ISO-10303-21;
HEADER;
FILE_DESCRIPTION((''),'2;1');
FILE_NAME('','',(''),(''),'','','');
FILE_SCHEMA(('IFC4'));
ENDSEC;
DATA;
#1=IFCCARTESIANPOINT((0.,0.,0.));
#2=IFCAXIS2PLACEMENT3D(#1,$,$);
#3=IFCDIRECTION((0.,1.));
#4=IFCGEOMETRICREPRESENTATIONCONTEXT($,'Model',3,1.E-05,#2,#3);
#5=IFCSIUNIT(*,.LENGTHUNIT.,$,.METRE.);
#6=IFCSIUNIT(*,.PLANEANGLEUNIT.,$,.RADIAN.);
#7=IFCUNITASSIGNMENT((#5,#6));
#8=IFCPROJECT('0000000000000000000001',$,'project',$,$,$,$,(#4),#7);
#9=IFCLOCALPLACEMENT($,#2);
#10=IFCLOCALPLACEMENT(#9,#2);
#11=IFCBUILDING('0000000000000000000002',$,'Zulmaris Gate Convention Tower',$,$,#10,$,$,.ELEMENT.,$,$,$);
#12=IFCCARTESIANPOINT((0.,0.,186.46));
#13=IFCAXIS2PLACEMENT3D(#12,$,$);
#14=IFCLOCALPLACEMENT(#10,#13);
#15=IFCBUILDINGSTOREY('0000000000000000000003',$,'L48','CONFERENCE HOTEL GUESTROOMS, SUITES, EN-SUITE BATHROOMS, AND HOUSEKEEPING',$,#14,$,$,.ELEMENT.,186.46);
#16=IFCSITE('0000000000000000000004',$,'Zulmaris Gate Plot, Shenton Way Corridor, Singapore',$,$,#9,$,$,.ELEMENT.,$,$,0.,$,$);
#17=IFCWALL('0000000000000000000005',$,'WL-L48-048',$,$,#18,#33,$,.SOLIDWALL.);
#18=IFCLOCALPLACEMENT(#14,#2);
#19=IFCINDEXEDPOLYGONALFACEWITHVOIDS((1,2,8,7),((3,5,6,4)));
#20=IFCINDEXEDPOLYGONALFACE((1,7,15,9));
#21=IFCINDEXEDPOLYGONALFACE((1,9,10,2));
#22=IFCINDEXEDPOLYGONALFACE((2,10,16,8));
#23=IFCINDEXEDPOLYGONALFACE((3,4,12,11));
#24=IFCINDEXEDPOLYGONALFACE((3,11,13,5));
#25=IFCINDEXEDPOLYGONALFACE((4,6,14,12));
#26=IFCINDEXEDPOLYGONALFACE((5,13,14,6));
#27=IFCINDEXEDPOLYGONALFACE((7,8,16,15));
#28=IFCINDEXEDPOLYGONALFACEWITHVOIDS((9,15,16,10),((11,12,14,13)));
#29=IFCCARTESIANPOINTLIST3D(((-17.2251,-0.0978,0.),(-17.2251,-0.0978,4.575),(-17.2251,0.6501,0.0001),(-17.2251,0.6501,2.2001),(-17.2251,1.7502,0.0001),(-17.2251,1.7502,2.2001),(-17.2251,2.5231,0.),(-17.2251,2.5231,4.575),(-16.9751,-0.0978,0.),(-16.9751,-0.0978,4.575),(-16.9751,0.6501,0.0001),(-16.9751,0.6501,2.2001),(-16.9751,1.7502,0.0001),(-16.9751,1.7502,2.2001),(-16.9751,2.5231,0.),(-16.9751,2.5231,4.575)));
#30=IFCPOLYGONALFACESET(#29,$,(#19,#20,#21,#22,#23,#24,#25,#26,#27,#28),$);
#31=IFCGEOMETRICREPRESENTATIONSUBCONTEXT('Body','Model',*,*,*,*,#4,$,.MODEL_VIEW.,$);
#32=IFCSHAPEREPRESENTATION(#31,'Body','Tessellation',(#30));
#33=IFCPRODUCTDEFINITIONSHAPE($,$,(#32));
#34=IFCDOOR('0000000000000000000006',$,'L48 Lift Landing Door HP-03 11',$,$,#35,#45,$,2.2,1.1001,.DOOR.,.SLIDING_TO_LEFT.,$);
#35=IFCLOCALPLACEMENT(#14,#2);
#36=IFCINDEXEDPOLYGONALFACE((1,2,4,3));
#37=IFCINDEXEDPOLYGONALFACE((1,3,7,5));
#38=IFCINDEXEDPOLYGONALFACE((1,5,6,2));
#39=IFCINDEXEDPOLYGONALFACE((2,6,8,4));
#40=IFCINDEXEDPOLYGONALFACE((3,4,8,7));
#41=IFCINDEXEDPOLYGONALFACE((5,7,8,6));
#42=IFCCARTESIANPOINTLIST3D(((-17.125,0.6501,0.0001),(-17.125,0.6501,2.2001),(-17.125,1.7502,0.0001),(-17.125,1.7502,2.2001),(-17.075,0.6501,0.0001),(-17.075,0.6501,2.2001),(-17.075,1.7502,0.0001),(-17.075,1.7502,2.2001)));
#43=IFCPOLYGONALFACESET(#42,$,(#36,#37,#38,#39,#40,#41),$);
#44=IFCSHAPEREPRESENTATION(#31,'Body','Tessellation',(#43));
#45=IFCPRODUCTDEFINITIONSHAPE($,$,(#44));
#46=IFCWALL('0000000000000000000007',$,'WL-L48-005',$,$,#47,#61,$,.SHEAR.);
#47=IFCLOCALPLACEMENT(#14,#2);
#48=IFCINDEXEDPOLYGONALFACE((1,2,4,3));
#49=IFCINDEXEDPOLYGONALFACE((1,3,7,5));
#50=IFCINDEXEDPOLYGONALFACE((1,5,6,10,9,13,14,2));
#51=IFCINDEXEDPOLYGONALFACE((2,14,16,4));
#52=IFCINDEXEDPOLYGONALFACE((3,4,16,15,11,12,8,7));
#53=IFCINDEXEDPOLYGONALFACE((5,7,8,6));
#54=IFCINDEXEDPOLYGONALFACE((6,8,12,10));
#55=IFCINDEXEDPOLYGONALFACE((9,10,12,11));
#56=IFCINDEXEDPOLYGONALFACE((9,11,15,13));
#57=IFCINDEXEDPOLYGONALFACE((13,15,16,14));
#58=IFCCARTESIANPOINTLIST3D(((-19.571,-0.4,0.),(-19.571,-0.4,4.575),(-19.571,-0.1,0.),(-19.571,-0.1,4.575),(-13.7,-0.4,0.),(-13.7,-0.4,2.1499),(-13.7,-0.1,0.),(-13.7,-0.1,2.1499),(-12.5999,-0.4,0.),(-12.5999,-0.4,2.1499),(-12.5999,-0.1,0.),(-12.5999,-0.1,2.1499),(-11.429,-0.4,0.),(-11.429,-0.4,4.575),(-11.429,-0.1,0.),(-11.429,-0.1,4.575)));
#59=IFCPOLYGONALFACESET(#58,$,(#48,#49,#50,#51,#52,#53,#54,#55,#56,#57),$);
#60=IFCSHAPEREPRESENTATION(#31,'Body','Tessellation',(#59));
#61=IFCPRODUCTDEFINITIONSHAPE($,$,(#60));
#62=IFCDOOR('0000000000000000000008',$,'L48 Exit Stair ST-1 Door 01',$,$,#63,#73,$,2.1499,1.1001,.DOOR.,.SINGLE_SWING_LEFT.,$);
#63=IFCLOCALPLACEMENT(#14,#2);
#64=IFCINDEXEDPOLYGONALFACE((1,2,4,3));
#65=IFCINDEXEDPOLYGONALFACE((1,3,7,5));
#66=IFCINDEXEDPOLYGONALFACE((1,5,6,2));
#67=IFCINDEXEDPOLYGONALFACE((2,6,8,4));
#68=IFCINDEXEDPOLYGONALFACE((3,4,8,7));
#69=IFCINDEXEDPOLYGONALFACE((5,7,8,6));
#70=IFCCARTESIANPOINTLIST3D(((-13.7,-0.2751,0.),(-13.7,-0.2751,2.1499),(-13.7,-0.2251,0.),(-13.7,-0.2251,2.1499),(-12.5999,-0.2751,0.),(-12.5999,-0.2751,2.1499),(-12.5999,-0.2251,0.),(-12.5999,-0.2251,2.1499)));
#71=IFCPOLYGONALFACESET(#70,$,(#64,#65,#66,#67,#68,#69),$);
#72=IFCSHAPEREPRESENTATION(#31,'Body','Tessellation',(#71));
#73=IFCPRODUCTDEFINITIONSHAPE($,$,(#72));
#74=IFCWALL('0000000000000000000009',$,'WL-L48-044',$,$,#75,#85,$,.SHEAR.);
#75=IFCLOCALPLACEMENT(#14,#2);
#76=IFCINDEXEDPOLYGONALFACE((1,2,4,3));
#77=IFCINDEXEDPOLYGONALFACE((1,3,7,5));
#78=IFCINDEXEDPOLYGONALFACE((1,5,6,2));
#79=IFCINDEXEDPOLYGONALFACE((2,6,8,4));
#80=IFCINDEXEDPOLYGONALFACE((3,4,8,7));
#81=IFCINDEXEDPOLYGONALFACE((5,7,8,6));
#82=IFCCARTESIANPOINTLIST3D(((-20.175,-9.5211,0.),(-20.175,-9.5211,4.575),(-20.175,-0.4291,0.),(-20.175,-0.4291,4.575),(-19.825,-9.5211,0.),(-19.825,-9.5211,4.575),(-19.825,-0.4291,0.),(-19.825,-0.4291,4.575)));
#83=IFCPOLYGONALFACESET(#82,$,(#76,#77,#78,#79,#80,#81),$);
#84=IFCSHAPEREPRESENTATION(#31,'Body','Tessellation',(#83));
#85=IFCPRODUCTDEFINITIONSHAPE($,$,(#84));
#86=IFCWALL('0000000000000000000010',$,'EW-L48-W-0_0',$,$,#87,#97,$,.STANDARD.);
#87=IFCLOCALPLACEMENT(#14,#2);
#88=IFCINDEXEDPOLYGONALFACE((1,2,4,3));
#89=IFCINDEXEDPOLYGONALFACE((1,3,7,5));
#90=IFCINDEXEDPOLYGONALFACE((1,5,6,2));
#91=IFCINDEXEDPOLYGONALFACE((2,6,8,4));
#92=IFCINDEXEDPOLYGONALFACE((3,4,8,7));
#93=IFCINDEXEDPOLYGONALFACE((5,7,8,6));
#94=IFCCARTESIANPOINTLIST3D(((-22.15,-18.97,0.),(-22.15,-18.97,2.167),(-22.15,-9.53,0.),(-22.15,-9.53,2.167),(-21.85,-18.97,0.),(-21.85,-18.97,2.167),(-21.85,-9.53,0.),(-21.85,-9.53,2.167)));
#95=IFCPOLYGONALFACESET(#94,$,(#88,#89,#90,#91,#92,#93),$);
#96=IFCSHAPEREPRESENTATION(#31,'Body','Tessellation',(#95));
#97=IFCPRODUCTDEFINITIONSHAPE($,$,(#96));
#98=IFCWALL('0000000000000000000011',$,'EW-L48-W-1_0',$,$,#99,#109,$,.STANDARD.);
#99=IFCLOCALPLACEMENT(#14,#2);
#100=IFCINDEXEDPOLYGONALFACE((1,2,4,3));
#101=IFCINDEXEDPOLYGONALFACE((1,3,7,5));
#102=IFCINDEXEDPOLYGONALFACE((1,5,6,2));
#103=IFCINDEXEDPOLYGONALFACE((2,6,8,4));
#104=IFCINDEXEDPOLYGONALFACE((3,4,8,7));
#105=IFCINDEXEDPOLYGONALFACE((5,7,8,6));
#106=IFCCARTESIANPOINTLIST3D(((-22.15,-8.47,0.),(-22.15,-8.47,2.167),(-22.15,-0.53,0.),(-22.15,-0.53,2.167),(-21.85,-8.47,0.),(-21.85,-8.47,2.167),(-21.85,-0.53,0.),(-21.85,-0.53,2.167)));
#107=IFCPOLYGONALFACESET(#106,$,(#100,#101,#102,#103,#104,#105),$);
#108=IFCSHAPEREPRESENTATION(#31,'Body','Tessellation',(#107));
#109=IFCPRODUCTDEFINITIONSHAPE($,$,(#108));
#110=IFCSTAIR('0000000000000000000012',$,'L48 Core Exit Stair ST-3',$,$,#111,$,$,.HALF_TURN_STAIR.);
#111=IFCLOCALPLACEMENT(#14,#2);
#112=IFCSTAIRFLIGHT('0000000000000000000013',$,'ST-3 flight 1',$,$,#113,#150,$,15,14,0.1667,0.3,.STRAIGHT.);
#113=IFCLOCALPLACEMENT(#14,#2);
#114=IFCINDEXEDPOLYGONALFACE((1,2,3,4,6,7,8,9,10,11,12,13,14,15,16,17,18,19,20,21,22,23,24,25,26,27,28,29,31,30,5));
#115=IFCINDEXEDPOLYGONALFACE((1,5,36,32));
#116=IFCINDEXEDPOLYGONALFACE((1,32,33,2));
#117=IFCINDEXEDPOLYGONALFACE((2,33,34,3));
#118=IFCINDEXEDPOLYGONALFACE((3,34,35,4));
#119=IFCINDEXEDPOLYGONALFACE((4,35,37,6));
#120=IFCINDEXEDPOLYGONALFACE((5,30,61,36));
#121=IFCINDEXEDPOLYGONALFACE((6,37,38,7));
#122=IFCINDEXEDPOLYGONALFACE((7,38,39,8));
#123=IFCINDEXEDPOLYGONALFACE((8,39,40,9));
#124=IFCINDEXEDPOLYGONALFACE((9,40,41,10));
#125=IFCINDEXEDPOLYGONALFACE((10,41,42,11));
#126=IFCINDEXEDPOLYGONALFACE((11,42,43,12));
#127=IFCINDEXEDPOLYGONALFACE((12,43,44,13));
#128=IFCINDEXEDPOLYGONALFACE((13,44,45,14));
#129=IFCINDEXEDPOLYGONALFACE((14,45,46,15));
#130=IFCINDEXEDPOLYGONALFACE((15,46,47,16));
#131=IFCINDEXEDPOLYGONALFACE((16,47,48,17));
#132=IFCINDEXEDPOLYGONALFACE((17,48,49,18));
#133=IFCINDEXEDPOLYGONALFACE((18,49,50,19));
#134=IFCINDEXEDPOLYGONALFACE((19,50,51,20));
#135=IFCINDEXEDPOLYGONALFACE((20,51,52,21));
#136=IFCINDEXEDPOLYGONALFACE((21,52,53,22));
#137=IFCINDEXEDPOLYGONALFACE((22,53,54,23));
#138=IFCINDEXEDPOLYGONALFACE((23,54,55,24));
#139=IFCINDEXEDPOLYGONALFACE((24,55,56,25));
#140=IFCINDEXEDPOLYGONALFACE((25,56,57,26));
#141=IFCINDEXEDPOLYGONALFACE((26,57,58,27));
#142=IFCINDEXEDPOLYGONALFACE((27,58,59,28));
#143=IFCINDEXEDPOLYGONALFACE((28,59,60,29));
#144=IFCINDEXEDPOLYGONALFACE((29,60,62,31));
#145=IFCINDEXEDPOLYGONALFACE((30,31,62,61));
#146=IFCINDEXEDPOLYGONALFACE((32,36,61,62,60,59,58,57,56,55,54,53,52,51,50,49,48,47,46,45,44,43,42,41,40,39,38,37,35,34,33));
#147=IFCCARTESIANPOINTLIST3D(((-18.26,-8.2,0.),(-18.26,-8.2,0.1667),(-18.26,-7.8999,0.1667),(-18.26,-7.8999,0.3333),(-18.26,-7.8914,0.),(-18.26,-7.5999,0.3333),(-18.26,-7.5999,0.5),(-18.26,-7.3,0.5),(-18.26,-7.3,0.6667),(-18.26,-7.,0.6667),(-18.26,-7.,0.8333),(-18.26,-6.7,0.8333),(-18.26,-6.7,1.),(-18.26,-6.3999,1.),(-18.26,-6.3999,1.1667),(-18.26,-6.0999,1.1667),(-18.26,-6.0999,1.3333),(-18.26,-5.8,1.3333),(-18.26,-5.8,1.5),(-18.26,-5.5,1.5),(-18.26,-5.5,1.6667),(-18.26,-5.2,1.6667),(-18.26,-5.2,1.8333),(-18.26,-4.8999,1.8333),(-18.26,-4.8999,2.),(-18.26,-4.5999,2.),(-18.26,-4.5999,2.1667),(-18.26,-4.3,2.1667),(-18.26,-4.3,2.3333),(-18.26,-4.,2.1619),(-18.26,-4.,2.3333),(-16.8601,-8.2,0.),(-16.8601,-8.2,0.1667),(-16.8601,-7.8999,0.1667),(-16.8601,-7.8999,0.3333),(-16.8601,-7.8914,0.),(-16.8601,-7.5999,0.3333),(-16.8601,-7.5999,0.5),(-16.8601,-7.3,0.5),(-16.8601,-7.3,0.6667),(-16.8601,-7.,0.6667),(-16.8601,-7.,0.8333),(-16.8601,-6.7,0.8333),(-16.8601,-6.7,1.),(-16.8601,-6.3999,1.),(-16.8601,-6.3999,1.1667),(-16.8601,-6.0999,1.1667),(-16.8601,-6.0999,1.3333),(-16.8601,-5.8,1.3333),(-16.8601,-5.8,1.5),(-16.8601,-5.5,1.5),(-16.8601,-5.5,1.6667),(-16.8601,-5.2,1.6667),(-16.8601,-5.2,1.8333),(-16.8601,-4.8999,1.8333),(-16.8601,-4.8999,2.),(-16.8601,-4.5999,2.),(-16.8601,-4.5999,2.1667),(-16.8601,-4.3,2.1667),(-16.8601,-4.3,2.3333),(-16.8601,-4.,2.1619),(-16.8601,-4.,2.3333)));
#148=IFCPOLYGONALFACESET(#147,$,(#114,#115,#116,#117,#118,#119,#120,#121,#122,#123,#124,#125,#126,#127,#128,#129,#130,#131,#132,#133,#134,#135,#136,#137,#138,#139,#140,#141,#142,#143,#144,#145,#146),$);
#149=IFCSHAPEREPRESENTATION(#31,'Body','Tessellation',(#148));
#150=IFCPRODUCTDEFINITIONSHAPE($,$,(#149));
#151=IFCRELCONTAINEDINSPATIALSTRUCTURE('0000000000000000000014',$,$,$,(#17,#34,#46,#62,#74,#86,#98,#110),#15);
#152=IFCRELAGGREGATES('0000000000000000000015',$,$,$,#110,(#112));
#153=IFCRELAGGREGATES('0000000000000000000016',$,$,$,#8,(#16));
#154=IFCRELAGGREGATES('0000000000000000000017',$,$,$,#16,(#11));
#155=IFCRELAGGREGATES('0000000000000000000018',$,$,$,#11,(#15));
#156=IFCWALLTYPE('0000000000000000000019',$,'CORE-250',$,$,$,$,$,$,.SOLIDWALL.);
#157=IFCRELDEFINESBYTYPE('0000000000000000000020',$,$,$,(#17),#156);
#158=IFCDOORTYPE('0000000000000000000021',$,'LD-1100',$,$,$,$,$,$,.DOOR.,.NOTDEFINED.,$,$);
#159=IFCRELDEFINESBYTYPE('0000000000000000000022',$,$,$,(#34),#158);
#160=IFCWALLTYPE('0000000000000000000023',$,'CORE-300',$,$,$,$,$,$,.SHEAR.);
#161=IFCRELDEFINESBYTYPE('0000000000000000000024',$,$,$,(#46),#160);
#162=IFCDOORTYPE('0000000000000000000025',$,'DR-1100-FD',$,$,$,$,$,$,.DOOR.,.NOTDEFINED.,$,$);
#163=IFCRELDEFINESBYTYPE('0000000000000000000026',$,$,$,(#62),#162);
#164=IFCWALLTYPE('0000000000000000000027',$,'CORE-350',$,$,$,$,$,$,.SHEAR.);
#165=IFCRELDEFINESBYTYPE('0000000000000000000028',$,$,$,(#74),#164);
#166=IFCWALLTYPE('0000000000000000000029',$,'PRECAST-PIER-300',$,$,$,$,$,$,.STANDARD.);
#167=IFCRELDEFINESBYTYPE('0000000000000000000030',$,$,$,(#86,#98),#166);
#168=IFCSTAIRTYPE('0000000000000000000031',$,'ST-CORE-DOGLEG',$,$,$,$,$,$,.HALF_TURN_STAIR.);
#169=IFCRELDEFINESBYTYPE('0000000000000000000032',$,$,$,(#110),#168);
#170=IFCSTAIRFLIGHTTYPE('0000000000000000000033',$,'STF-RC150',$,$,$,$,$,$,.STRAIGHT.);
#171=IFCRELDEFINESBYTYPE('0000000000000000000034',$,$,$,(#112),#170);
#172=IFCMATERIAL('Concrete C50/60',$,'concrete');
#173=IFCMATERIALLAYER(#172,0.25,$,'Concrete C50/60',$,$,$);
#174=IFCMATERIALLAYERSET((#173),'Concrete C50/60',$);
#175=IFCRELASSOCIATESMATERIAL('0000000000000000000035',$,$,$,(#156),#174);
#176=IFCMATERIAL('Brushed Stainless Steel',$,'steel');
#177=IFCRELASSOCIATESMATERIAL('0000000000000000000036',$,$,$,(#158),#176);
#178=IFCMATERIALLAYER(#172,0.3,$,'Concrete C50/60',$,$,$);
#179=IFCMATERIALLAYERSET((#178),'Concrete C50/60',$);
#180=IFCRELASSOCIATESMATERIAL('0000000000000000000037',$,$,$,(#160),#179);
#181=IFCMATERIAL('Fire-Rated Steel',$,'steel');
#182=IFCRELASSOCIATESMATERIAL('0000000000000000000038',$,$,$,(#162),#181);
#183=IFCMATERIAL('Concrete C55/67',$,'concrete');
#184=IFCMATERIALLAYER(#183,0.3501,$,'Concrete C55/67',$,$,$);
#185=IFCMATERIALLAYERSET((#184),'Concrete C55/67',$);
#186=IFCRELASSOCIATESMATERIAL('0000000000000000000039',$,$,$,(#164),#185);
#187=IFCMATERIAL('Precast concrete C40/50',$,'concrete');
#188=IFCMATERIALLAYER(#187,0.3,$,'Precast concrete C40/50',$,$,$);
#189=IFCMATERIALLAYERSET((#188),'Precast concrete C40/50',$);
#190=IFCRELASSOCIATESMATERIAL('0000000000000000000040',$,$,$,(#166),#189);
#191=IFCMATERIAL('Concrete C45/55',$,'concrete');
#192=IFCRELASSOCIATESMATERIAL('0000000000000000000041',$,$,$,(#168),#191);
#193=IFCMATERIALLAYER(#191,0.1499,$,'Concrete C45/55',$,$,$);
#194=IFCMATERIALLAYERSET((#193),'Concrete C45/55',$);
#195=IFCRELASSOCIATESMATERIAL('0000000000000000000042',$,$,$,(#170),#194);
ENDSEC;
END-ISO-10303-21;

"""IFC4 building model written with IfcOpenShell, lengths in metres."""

from ifc_helpers import new_model, si_unit, direction, frame, frame_2d, origin, place, context, subcontext, project, spatial, polyline, rectangle, outline, extrude, material, layer, layer_set, type_object, element, fill, aggregate, save


model = new_model("IFC4")

# Units and contexts
model_context = context("Model", 3, precision=1e-05, world=origin(), true_north=direction((0.0, 1.0)))
body_context = subcontext(model_context, "Body", "Model", "MODEL_VIEW")
ifc_project = project(units=[si_unit("LENGTHUNIT", "METRE"), si_unit("PLANEANGLEUNIT", "RADIAN")], contexts=[model_context])

# Site, building, storey
site_placement = place(None, origin())
site = spatial("IfcSite", under=ifc_project, at=site_placement, Name="Zulmaris Gate Plot, Shenton Way Corridor, Singapore", CompositionType="ELEMENT", RefElevation=0.0)
building_placement = place(site_placement, origin())
building = spatial("IfcBuilding", under=site, at=building_placement, Name="Zulmaris Gate Convention Tower", CompositionType="ELEMENT")
storey_placement = place(building_placement, frame((0.0, 0.0, 186.46)))
storey = spatial("IfcBuildingStorey", under=building, at=storey_placement, Name="L48", Description="CONFERENCE HOTEL GUESTROOMS, SUITES, EN-SUITE BATHROOMS, AND HOUSEKEEPING", CompositionType="ELEMENT", Elevation=186.46)

# Shared definitions
ifc_material_1 = material(Name="Concrete C50/60", Category="concrete")

# Walls, openings, doors
ifc_layer_1 = layer(ifc_material_1, 0.25, Name="Concrete C50/60")
ifc_layer_set_1 = layer_set([ifc_layer_1], Name="Concrete C50/60")
wall_type_1 = type_object("IfcWallType", Name="CORE-250", PredefinedType="SOLIDWALL", material=ifc_layer_set_1)
wall_1_placement = place(storey_placement, frame((-17.1001, -0.0979, 0.0), z_axis=(0.0, 0.0, 1.0), x_axis=(0.0, 1.0, 0.0)))
wall_1 = element("IfcWall", 1, at=wall_1_placement, inside=storey, type_object=wall_type_1, Name="WL-L48-048", PredefinedType="SOLIDWALL", context=body_context, shape_type="SweptSolid", body=[
    extrude(rectangle(XDim=2.6208, YDim=0.25, at=frame_2d((1.3105, 0.0))), origin(), (0.0, 0.0, 1.0), 4.575),
])
opening_1_placement = place(wall_1_placement, frame((0.748, 0.0, 0.0)))
opening_1 = element("IfcOpeningElement", 2, at=opening_1_placement, cuts=wall_1, PredefinedType="OPENING", context=body_context, shape_type="SweptSolid", body=[
    extrude(rectangle(XDim=1.1001, YDim=2.2, at=frame_2d((0.55, 1.1001))), frame((0.0, 0.135, 0.0), z_axis=(0.0, -1.0, 0.0), x_axis=(1.0, 0.0, 0.0)), (0.0, 0.0, 1.0), 0.27),
])
ifc_material_2 = material(Name="Brushed Stainless Steel", Category="steel")
door_type_1 = type_object("IfcDoorType", Name="LD-1100", OperationType="NOTDEFINED", PredefinedType="DOOR", material=ifc_material_2)
door_1_placement = place(opening_1_placement, origin())
door_1 = element("IfcDoor", 3, at=door_1_placement, inside=storey, type_object=door_type_1, Name="L48 Lift Landing Door HP-03 11", OperationType="SLIDING_TO_LEFT", OverallHeight=2.2, OverallWidth=1.1001, PredefinedType="DOOR", context=body_context, shape_type="SweptSolid", body=[
    extrude(rectangle(XDim=1.1001, YDim=2.2, at=frame_2d((0.55, 1.1001))), frame((0.0, 0.0249, 0.0), z_axis=(0.0, -1.0, 0.0), x_axis=(1.0, 0.0, 0.0)), (0.0, 0.0, 1.0), 0.05),
])
fill(opening_1, door_1)
ifc_layer_2 = layer(ifc_material_1, 0.3, Name="Concrete C50/60")
ifc_layer_set_2 = layer_set([ifc_layer_2], Name="Concrete C50/60")
wall_type_2 = type_object("IfcWallType", Name="CORE-300", PredefinedType="SHEAR", material=ifc_layer_set_2)
wall_2_placement = place(storey_placement, frame((-19.571, -0.25, 0.0), z_axis=(0.0, 0.0, 1.0), x_axis=(1.0, 0.0, 0.0)))
wall_2 = element("IfcWall", 4, at=wall_2_placement, inside=storey, type_object=wall_type_2, Name="WL-L48-005", PredefinedType="SHEAR", context=body_context, shape_type="SweptSolid", body=[
    extrude(rectangle(XDim=8.1421, YDim=0.3, at=frame_2d((4.071, 0.0))), origin(), (0.0, 0.0, 1.0), 4.575),
])
opening_2_placement = place(wall_2_placement, frame((5.8711, 0.0, 0.0)))
opening_2 = element("IfcOpeningElement", 5, at=opening_2_placement, cuts=wall_2, PredefinedType="OPENING", context=body_context, shape_type="SweptSolid", body=[
    extrude(rectangle(XDim=1.1001, YDim=2.1499, at=frame_2d((0.55, 1.075))), frame((0.0, 0.1602, 0.0), z_axis=(0.0, -1.0, 0.0), x_axis=(1.0, 0.0, 0.0)), (0.0, 0.0, 1.0), 0.3201),
])
ifc_material_3 = material(Name="Fire-Rated Steel", Category="steel")
door_type_2 = type_object("IfcDoorType", Name="DR-1100-FD", OperationType="NOTDEFINED", PredefinedType="DOOR", material=ifc_material_3)
door_2_placement = place(opening_2_placement, origin())
door_2 = element("IfcDoor", 6, at=door_2_placement, inside=storey, type_object=door_type_2, Name="L48 Exit Stair ST-1 Door 01", OperationType="SINGLE_SWING_LEFT", OverallHeight=2.1499, OverallWidth=1.1001, PredefinedType="DOOR", context=body_context, shape_type="SweptSolid", body=[
    extrude(rectangle(XDim=1.1001, YDim=2.1499, at=frame_2d((0.55, 1.075))), frame((0.0, 0.0249, 0.0), z_axis=(0.0, -1.0, 0.0), x_axis=(1.0, 0.0, 0.0)), (0.0, 0.0, 1.0), 0.05),
])
fill(opening_2, door_2)

# Walls
ifc_material_4 = material(Name="Concrete C55/67", Category="concrete")
ifc_layer_3 = layer(ifc_material_4, 0.3501, Name="Concrete C55/67")
ifc_layer_set_3 = layer_set([ifc_layer_3], Name="Concrete C55/67")
wall_type_3 = type_object("IfcWallType", Name="CORE-350", PredefinedType="SHEAR", material=ifc_layer_set_3)
wall_3_placement = place(storey_placement, frame((-20.0, -9.521, 0.0), z_axis=(0.0, 0.0, 1.0), x_axis=(0.0, 1.0, 0.0)))
element("IfcWall", 7, at=wall_3_placement, inside=storey, type_object=wall_type_3, Name="WL-L48-044", PredefinedType="SHEAR", context=body_context, shape_type="SweptSolid", body=[
    extrude(rectangle(XDim=9.092, YDim=0.3501, at=frame_2d((4.5459, 0.0))), origin(), (0.0, 0.0, 1.0), 4.575),
])
ifc_material_5 = material(Name="Precast concrete C40/50", Category="concrete")
ifc_layer_4 = layer(ifc_material_5, 0.3, Name="Precast concrete C40/50")
ifc_layer_set_4 = layer_set([ifc_layer_4], Name="Precast concrete C40/50")
wall_type_4 = type_object("IfcWallType", Name="PRECAST-PIER-300", PredefinedType="STANDARD", material=ifc_layer_set_4)
wall_4_placement = place(storey_placement, frame((-22.0, -9.53, 0.0), z_axis=(0.0, 0.0, 1.0), x_axis=(0.0, -1.0, 0.0)))
element("IfcWall", 8, at=wall_4_placement, inside=storey, type_object=wall_type_4, Name="EW-L48-W-0_0", PredefinedType="STANDARD", context=body_context, shape_type="SweptSolid", body=[
    extrude(rectangle(XDim=9.4399, YDim=0.3, at=frame_2d((4.72, 0.0))), origin(), (0.0, 0.0, 1.0), 2.167),
])
wall_5_placement = place(storey_placement, frame((-22.0, -0.53, 0.0), z_axis=(0.0, 0.0, 1.0), x_axis=(0.0, -1.0, 0.0)))
element("IfcWall", 9, at=wall_5_placement, inside=storey, type_object=wall_type_4, Name="EW-L48-W-1_0", PredefinedType="STANDARD", context=body_context, shape_type="SweptSolid", body=[
    extrude(rectangle(XDim=7.9399, YDim=0.3, at=frame_2d((3.97, 0.0))), origin(), (0.0, 0.0, 1.0), 2.167),
])

# Stair, stair flight
ifc_material_6 = material(Name="Concrete C45/55", Category="concrete")
stair_type = type_object("IfcStairType", Name="ST-CORE-DOGLEG", PredefinedType="HALF_TURN_STAIR", material=ifc_material_6)
stair_placement = place(storey_placement, origin())
stair = element("IfcStair", 10, at=stair_placement, inside=storey, type_object=stair_type, Name="L48 Core Exit Stair ST-3", PredefinedType="HALF_TURN_STAIR")
ifc_layer_5 = layer(ifc_material_6, 0.1499, Name="Concrete C45/55")
ifc_layer_set_5 = layer_set([ifc_layer_5], Name="Concrete C45/55")
stair_flight_type = type_object("IfcStairFlightType", Name="STF-RC150", PredefinedType="STRAIGHT", material=ifc_layer_set_5)
stair_flight_1_placement = place(storey_placement, frame((-17.5601, -8.2, 0.0), z_axis=(0.0, 0.0, 1.0), x_axis=(0.0, 1.0, 0.0)))
stair_flight_1 = element("IfcStairFlight", 11, at=stair_flight_1_placement, type_object=stair_flight_type, Name="ST-3 flight 1", NumberOfRisers=15, NumberOfTreads=14, PredefinedType="STRAIGHT", RiserHeight=0.1667, TreadLength=0.3, context=body_context, shape_type="SweptSolid", body=[
    extrude(outline(polyline([(0.0, 0.0), (0.0, 0.1667), (0.3, 0.1667), (0.3, 0.3333), (0.6001, 0.3333), (0.6001, 0.5), (0.8999, 0.5), (0.8999, 0.6667), (1.2, 0.6667), (1.2, 0.8333), (1.5, 0.8333), (1.5, 1.0), (1.8, 1.0), (1.8, 1.1667), (2.1001, 1.1667), (2.1001, 1.3333), (2.3999, 1.3333), (2.3999, 1.5), (2.7, 1.5), (2.7, 1.6667), (3.0, 1.6667), (3.0, 1.8333), (3.3, 1.8333), (3.3, 2.0), (3.6001, 2.0), (3.6001, 2.1667), (3.8999, 2.1667), (3.8999, 2.3333), (4.2, 2.3333), (4.2, 2.5), (4.2, 2.1619), (0.3086, 0.0), (0.0, 0.0)])), frame((0.0, 0.7, 0.0), z_axis=(0.0, -1.0, 0.0), x_axis=(1.0, 0.0, 0.0)), (0.0, 0.0, 1.0), 1.3999),
])
aggregate(stair, [stair_flight_1])

save(model, "model.ifc")
